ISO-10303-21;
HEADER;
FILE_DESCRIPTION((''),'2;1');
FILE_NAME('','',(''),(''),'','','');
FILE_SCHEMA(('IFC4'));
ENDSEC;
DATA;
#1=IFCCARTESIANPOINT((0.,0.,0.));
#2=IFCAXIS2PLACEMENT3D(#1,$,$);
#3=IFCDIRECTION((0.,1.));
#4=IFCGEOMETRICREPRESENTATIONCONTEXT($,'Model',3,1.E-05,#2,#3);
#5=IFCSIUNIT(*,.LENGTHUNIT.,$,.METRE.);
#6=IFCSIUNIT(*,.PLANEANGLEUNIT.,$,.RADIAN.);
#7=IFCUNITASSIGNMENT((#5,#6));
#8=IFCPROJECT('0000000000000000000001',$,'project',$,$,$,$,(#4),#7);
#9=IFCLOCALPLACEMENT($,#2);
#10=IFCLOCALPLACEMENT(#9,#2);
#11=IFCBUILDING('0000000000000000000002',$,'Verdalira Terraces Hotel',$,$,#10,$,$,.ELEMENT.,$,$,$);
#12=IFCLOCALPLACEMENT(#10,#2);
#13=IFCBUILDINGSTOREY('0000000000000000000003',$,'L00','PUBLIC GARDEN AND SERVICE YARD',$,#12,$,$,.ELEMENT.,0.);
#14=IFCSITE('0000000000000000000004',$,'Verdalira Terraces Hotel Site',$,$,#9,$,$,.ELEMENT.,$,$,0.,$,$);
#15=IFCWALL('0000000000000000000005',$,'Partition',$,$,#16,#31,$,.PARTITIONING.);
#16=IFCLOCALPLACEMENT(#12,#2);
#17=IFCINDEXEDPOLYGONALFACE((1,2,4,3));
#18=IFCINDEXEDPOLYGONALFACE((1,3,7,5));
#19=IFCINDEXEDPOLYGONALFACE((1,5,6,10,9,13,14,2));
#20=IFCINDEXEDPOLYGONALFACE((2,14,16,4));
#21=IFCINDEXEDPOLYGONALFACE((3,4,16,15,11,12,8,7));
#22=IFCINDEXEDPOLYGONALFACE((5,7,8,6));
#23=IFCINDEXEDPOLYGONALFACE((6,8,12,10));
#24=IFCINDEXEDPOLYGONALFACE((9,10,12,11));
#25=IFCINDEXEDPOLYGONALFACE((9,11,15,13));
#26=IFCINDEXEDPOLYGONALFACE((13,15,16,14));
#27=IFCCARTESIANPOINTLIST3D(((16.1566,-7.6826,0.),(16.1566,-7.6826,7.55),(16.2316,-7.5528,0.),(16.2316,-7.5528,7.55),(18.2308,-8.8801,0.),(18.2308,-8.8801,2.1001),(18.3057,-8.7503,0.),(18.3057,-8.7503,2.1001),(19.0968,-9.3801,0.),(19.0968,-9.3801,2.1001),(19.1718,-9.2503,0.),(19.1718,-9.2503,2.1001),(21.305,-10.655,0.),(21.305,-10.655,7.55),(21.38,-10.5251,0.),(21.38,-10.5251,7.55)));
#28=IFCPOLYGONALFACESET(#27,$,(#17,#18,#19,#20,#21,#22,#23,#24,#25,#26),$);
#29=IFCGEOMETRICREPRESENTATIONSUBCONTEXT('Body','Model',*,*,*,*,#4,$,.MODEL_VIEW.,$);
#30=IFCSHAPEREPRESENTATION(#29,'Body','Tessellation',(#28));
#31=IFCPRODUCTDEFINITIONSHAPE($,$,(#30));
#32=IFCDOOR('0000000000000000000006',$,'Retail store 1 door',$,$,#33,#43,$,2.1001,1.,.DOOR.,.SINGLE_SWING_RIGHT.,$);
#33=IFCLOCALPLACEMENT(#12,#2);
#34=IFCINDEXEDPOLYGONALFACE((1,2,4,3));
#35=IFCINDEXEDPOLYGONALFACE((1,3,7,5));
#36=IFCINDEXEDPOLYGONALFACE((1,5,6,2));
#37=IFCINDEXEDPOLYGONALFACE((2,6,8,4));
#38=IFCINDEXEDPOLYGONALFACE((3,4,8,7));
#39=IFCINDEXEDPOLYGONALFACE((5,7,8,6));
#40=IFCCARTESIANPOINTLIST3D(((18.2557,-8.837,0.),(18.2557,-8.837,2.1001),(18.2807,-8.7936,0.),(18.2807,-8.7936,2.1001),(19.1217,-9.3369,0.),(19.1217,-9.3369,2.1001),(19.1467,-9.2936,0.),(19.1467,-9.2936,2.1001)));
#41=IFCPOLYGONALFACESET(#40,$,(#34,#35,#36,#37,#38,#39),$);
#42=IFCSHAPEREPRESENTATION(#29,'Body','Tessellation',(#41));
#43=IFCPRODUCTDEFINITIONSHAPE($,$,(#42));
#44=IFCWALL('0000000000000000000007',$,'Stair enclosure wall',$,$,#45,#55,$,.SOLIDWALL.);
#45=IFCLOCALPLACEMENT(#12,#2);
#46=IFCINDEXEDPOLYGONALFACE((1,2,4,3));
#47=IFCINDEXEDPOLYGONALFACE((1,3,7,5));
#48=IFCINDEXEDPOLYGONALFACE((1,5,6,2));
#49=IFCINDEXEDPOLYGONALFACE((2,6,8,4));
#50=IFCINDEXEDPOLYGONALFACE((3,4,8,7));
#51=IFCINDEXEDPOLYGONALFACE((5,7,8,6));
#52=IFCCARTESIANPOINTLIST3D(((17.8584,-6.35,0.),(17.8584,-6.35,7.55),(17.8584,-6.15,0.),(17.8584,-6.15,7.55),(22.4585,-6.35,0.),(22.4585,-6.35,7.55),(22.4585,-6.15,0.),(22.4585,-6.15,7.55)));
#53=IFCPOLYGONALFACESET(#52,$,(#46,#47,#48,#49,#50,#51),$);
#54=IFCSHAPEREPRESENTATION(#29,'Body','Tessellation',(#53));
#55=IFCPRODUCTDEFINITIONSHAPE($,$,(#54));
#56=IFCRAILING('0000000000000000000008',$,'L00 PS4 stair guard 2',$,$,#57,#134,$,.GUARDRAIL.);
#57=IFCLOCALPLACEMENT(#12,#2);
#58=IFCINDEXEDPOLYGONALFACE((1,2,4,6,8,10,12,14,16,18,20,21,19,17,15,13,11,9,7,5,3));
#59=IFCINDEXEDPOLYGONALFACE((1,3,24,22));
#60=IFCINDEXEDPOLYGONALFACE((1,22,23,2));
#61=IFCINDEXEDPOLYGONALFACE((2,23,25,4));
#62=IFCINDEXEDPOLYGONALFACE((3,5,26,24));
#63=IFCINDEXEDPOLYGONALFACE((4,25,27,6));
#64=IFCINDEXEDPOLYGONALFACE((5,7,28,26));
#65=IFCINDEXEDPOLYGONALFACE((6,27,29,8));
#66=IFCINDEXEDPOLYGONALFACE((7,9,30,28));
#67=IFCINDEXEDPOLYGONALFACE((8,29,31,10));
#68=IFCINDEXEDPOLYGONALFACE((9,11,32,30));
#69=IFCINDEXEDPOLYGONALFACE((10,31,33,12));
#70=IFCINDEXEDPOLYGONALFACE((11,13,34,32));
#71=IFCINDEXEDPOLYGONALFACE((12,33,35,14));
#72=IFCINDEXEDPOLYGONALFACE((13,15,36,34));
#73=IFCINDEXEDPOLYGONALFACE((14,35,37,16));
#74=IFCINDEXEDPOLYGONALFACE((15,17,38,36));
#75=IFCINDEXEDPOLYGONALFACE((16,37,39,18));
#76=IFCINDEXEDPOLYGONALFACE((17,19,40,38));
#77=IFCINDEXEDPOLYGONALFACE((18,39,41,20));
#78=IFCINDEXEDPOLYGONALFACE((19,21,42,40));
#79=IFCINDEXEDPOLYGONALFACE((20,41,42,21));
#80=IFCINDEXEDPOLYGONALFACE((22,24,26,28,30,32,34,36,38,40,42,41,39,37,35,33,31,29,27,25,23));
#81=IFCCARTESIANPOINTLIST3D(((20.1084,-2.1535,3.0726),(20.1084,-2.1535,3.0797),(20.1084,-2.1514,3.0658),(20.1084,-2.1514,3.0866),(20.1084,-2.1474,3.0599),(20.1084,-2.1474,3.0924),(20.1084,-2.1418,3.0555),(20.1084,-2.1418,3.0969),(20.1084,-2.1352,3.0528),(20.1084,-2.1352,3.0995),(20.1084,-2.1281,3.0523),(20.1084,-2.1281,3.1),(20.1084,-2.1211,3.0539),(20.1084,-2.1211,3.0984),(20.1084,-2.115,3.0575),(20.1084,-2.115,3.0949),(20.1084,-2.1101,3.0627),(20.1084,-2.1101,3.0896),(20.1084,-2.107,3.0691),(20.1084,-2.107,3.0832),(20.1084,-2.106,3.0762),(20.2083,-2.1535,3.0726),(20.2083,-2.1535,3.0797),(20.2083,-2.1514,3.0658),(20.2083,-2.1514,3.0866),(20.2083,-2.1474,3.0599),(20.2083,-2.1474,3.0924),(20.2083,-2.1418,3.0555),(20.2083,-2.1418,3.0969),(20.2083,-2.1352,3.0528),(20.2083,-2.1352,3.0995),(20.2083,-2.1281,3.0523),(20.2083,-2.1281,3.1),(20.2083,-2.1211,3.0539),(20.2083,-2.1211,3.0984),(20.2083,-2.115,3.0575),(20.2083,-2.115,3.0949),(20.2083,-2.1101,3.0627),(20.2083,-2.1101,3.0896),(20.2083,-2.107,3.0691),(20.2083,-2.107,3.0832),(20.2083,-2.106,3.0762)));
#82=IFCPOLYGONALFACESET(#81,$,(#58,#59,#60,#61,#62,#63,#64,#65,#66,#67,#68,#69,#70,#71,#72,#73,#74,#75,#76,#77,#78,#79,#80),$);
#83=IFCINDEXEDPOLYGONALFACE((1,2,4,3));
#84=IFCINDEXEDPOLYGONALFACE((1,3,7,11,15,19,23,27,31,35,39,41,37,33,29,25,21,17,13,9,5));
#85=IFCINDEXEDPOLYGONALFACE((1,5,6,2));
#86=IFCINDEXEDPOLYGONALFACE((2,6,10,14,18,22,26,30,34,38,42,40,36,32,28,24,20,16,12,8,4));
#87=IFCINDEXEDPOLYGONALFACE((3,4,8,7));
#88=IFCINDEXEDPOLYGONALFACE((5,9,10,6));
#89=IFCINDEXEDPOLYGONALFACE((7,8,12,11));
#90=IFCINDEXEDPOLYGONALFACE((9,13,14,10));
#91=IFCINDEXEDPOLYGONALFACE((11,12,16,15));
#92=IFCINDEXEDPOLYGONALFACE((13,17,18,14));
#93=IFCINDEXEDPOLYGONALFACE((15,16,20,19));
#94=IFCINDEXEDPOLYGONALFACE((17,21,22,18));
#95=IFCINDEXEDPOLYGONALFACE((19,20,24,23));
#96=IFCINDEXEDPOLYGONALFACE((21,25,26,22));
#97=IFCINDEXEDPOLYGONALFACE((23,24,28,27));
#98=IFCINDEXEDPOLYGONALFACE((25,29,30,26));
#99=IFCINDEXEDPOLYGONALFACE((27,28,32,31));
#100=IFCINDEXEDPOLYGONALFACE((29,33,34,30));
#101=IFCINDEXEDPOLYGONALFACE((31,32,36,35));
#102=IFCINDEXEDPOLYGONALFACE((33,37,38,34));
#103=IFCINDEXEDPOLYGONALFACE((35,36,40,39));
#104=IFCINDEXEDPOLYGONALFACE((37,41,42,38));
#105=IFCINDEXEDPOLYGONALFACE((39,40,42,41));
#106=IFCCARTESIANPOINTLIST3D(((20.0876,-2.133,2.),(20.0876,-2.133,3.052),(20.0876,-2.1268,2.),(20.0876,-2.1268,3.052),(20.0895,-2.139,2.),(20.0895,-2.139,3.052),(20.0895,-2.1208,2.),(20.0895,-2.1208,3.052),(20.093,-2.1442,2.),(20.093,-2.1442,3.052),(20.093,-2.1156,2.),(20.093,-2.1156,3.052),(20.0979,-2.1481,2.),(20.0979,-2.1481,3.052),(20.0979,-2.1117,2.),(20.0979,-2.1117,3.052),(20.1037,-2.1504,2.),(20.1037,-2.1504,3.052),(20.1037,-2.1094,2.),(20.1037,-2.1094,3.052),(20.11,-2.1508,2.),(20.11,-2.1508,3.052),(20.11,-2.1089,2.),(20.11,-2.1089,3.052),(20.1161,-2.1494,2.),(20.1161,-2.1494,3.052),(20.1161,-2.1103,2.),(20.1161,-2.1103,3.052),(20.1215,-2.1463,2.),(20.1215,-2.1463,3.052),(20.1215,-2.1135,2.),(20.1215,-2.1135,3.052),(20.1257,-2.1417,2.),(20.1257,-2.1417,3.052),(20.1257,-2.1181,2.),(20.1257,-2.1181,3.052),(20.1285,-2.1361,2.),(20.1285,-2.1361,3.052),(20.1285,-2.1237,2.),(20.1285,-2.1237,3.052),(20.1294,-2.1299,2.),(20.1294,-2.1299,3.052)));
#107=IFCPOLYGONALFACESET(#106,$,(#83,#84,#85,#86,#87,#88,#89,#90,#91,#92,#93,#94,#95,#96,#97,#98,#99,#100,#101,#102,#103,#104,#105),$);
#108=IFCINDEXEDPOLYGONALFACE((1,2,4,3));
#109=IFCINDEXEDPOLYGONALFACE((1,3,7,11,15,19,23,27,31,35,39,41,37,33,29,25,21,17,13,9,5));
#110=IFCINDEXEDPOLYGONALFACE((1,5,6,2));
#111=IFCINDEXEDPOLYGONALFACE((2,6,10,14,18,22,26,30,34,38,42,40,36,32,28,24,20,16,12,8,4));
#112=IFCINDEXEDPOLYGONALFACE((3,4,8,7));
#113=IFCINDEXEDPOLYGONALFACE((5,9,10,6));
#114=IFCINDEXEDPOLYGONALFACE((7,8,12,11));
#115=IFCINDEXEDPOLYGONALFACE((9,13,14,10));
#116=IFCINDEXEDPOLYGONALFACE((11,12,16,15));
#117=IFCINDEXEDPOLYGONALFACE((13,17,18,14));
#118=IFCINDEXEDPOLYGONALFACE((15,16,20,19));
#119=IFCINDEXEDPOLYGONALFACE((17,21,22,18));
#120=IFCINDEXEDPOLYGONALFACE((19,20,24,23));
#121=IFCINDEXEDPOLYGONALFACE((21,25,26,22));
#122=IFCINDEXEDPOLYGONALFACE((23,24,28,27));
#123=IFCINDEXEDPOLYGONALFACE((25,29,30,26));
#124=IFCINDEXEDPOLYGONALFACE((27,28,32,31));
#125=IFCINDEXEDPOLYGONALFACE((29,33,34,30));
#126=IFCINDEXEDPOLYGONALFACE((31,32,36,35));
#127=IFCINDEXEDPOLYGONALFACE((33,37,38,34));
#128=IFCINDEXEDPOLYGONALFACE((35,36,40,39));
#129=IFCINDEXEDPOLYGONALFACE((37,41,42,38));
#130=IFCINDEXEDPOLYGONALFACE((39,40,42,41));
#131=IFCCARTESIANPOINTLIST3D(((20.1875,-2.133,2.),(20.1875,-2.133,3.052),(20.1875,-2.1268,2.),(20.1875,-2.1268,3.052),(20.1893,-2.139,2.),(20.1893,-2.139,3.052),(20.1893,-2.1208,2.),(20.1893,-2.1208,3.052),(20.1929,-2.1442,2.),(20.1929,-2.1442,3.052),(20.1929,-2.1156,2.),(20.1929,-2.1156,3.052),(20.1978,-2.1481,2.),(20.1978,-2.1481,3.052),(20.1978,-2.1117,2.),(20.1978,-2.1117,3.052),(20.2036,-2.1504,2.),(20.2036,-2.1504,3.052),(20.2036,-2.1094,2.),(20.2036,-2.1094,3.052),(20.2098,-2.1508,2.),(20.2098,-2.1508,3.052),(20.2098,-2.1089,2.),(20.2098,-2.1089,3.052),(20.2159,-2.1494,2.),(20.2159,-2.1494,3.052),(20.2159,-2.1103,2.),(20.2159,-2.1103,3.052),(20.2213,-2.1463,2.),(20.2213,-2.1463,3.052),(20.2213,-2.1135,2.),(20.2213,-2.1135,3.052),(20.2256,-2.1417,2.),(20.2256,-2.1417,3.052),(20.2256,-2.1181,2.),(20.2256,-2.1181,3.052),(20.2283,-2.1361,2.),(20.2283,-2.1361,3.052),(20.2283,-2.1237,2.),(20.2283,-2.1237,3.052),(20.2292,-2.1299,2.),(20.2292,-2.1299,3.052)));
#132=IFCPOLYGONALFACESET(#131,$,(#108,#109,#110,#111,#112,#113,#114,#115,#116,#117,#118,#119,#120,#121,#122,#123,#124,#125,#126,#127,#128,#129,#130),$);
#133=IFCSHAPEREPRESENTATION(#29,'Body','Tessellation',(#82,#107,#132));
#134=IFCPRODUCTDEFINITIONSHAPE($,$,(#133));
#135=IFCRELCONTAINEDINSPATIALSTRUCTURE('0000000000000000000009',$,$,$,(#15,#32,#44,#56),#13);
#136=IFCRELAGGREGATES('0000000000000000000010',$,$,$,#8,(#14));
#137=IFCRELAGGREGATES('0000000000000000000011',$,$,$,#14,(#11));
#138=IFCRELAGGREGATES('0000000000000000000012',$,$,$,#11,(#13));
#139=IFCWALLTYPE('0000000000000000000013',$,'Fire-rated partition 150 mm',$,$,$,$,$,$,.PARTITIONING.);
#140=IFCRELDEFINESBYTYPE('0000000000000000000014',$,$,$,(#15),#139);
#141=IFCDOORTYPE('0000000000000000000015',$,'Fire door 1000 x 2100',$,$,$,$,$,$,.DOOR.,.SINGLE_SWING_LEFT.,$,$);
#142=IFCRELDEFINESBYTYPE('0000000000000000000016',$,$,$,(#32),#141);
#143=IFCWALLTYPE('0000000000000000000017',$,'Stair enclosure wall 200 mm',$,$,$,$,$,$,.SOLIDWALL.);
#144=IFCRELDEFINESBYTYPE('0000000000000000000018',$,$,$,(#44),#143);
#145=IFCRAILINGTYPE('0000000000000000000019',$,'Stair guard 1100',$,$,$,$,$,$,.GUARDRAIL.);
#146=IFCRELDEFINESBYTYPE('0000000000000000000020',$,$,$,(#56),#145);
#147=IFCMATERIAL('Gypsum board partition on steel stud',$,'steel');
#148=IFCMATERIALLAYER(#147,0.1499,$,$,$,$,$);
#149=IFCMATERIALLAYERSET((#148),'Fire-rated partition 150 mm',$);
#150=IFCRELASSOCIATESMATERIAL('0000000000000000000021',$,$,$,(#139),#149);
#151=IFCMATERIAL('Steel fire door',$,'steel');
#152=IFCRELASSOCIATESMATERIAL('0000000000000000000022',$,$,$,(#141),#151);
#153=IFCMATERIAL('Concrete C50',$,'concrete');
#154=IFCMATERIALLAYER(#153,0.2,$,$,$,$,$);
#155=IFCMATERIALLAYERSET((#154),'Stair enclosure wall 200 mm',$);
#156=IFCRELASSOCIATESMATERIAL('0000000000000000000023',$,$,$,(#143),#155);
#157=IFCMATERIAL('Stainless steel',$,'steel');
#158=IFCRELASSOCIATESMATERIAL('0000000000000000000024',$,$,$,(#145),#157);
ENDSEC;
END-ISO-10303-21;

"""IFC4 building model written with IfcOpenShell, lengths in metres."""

from ifc_helpers import new_model, si_unit, direction, frame, frame_2d, origin, origin_2d, place, context, subcontext, project, spatial, rectangle, circle, extrude, material, layer, layer_set, type_object, element, fill, save


model = new_model("IFC4")

# Units and contexts
model_context = context("Model", 3, precision=1e-05, world=origin(), true_north=direction((0.0, 1.0)))
body_context = subcontext(model_context, "Body", "Model", "MODEL_VIEW")
ifc_project = project(units=[si_unit("LENGTHUNIT", "METRE"), si_unit("PLANEANGLEUNIT", "RADIAN")], contexts=[model_context])

# Site, building, storey
site_placement = place(None, origin())
site = spatial("IfcSite", under=ifc_project, at=site_placement, Name="Verdalira Terraces Hotel Site", CompositionType="ELEMENT", RefElevation=0.0)
building_placement = place(site_placement, origin())
building = spatial("IfcBuilding", under=site, at=building_placement, Name="Verdalira Terraces Hotel", CompositionType="ELEMENT")
storey_placement = place(building_placement, origin())
storey = spatial("IfcBuildingStorey", under=building, at=storey_placement, Name="L00", Description="PUBLIC GARDEN AND SERVICE YARD", CompositionType="ELEMENT", Elevation=0.0)

# Shared definitions
ifc_material_1 = material(Name="Gypsum board partition on steel stud", Category="steel")
ifc_layer_1 = layer(ifc_material_1, 0.1499)
ifc_layer_set_1 = layer_set([ifc_layer_1], Name="Fire-rated partition 150 mm")
wall_type_1 = type_object("IfcWallType", Name="Fire-rated partition 150 mm", PredefinedType="PARTITIONING", material=ifc_layer_set_1)

# Shared definitions
ifc_material_2 = material(Name="Steel fire door", Category="steel")
door_type = type_object("IfcDoorType", Name="Fire door 1000 x 2100", OperationType="SINGLE_SWING_LEFT", PredefinedType="DOOR", material=ifc_material_2)

# Wall, opening, door
wall_1_placement = place(storey_placement, frame((16.1941, -7.6177, 0.0), z_axis=(0.0, 0.0, 1.0), x_axis=(0.866028, -0.499995, 0.0)))
wall_1 = element("IfcWall", 1, at=wall_1_placement, inside=storey, type_object=wall_type_1, Name="Partition", PredefinedType="PARTITIONING", context=body_context, shape_type="SweptSolid", body=[
    extrude(rectangle(XDim=5.9448, YDim=0.1499, at=frame_2d((2.9724, 0.0))), origin(), (0.0, 0.0, 1.0), 7.55),
])
opening_1_placement = place(wall_1_placement, frame((2.395, 0.0, 0.0)))
opening_1 = element("IfcOpeningElement", 2, at=opening_1_placement, cuts=wall_1, PredefinedType="OPENING", context=body_context, shape_type="SweptSolid", body=[
    extrude(rectangle(XDim=1.0, YDim=2.1001, at=frame_2d((0.5, 1.05))), frame((0.0, 0.085, 0.0), z_axis=(0.0, -1.0, 0.0), x_axis=(1.0, 0.0, 0.0)), (0.0, 0.0, 1.0), 0.1699),
])
door_1_placement = place(opening_1_placement, origin())
door_1 = element("IfcDoor", 3, at=door_1_placement, inside=storey, type_object=door_type, Name="Retail store 1 door", OperationType="SINGLE_SWING_RIGHT", OverallHeight=2.1001, OverallWidth=1.0, PredefinedType="DOOR", context=body_context, shape_type="SweptSolid", body=[
    extrude(rectangle(XDim=1.0, YDim=2.1001, at=frame_2d((0.5, 1.05))), frame((0.0, 0.0249, 0.0), z_axis=(0.0, -1.0, 0.0), x_axis=(1.0, 0.0, 0.0)), (0.0, 0.0, 1.0), 0.05),
])
fill(opening_1, door_1)

# Wall
ifc_material_3 = material(Name="Concrete C50", Category="concrete")
ifc_layer_2 = layer(ifc_material_3, 0.2)
ifc_layer_set_2 = layer_set([ifc_layer_2], Name="Stair enclosure wall 200 mm")
wall_type_2 = type_object("IfcWallType", Name="Stair enclosure wall 200 mm", PredefinedType="SOLIDWALL", material=ifc_layer_set_2)
wall_2_placement = place(storey_placement, frame((17.8584, -6.25, 0.0), z_axis=(0.0, 0.0, 1.0), x_axis=(1.0, 0.0, 0.0)))
element("IfcWall", 4, at=wall_2_placement, inside=storey, type_object=wall_type_2, Name="Stair enclosure wall", PredefinedType="SOLIDWALL", context=body_context, shape_type="SweptSolid", body=[
    extrude(rectangle(XDim=4.6001, YDim=0.2, at=frame_2d((2.3, 0.0))), origin(), (0.0, 0.0, 1.0), 7.55),
])

# Railing
ifc_material_4 = material(Name="Stainless steel", Category="steel")
railing_type = type_object("IfcRailingType", Name="Stair guard 1100", PredefinedType="GUARDRAIL", material=ifc_material_4)
railing_1_placement = place(storey_placement, frame((20.1084, -2.1299, 2.0)))
element("IfcRailing", 5, at=railing_1_placement, inside=storey, type_object=railing_type, Name="L00 PS4 stair guard 2", PredefinedType="GUARDRAIL", context=body_context, shape_type="SweptSolid", body=[
    extrude(circle(Radius=0.0239, at=origin_2d()), frame((0.0, 0.0, 1.0762), z_axis=(1.0, 0.0, 0.0), x_axis=(0.0, 1.0, 0.0)), (0.0, 0.0, 1.0), 0.0999),
    extrude(circle(Radius=0.021, at=origin_2d()), origin(), (0.0, 0.0, 1.0), 1.052),
    extrude(circle(Radius=0.021, at=origin_2d()), frame((0.0999, 0.0, 0.0)), (0.0, 0.0, 1.0), 1.052),
])

save(model, "model.ifc")
